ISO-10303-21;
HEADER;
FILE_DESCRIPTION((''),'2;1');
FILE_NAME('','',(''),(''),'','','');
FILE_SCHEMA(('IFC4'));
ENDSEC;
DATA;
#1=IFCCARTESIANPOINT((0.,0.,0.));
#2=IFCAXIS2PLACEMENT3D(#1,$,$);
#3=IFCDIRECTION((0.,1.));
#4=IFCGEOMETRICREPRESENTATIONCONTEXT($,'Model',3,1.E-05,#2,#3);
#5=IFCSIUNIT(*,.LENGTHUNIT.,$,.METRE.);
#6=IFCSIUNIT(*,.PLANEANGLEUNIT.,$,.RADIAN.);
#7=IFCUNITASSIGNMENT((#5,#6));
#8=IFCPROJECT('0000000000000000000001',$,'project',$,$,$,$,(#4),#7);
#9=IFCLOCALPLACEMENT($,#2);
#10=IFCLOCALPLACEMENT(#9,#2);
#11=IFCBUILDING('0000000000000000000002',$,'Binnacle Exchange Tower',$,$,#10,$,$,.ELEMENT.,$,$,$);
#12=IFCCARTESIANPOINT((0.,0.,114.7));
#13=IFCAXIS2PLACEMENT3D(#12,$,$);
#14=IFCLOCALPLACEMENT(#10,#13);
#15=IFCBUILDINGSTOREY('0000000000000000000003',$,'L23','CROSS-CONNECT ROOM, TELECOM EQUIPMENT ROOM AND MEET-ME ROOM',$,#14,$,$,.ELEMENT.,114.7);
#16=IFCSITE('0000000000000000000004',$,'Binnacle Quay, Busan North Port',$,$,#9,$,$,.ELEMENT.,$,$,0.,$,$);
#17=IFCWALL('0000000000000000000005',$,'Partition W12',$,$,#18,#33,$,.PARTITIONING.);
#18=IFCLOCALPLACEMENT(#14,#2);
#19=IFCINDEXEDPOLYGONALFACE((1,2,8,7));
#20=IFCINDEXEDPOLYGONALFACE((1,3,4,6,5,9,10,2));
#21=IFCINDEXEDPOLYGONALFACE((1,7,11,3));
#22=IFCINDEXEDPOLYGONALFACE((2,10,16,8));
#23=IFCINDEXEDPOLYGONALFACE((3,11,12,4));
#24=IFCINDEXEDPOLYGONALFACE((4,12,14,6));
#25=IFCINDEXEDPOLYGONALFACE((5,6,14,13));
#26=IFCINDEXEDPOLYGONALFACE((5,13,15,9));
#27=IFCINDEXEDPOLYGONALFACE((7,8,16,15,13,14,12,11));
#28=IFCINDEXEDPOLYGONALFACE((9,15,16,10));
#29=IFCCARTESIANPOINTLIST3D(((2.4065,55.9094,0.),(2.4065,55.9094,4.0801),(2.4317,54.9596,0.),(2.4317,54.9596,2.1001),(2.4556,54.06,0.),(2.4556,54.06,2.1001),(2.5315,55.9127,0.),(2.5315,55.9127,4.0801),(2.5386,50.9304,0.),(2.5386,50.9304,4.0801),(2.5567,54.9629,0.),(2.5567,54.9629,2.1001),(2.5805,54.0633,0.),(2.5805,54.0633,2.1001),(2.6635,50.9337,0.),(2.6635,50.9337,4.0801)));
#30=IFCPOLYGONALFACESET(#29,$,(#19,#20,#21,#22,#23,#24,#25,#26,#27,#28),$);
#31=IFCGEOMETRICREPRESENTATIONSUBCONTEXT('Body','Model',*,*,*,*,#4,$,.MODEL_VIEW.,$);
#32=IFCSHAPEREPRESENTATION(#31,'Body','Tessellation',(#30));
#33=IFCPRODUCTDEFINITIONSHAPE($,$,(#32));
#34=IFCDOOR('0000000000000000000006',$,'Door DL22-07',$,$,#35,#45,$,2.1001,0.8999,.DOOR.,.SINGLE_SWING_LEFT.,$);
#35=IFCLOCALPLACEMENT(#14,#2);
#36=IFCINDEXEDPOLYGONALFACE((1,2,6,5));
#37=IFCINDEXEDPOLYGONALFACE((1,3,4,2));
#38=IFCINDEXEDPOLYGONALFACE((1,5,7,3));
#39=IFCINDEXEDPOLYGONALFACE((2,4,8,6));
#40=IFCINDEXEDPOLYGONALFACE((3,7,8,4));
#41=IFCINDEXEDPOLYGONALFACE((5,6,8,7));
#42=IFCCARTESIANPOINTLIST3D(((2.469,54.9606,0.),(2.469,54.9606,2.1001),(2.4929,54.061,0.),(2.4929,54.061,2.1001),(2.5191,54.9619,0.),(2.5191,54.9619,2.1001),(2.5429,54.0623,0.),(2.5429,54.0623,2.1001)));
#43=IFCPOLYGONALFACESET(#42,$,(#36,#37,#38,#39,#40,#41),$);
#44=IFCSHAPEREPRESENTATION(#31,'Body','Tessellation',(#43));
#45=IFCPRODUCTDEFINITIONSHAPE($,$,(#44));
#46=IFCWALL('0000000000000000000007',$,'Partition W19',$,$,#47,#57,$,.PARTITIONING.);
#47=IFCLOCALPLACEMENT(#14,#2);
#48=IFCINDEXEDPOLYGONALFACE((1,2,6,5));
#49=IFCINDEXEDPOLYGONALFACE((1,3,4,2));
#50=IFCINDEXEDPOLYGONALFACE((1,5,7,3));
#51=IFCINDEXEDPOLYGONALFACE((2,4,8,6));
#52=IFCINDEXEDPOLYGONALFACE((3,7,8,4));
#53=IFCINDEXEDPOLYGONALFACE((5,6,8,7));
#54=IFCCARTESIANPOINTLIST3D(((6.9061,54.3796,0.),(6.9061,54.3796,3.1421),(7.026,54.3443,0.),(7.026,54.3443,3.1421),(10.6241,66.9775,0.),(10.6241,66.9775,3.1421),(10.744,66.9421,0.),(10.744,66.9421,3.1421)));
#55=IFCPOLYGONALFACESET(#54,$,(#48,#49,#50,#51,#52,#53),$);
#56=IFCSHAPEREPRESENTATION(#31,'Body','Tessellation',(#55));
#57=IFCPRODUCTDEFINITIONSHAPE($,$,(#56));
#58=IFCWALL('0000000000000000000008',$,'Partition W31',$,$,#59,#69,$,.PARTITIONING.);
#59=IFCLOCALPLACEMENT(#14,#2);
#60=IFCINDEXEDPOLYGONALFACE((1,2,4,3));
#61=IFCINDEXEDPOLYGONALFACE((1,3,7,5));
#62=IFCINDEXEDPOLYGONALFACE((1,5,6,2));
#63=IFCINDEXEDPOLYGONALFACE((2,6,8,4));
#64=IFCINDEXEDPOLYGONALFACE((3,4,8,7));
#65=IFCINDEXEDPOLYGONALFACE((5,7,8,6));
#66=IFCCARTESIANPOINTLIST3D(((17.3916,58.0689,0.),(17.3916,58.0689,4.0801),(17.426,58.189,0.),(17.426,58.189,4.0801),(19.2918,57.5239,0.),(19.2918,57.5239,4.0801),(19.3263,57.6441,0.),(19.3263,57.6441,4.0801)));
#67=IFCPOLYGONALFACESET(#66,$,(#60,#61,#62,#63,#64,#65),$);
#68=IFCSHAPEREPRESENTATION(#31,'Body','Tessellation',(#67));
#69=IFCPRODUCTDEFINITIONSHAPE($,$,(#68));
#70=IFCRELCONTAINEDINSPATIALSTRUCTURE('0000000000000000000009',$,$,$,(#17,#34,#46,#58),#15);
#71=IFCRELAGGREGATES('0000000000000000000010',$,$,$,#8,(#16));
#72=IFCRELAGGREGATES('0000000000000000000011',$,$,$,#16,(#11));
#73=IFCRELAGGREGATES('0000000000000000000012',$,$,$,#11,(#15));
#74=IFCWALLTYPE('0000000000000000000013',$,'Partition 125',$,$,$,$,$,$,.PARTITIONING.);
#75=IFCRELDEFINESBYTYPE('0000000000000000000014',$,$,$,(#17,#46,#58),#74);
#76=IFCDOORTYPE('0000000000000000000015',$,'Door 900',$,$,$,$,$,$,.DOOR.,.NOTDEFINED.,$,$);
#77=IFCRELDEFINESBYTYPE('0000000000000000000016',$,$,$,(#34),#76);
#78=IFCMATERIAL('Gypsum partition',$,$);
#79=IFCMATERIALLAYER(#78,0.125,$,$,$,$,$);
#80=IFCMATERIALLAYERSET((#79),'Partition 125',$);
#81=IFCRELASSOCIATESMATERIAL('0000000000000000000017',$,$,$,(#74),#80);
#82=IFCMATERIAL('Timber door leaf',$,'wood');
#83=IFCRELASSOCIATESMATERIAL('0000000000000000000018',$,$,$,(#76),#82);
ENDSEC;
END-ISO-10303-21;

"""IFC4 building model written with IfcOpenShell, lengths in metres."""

from ifc_helpers import new_model, si_unit, direction, frame, frame_2d, origin, place, context, subcontext, project, spatial, rectangle, extrude, material, layer, layer_set, type_object, element, fill, save


model = new_model("IFC4")

# Units and contexts
model_context = context("Model", 3, precision=1e-05, world=origin(), true_north=direction((0.0, 1.0)))
body_context = subcontext(model_context, "Body", "Model", "MODEL_VIEW")
ifc_project = project(units=[si_unit("LENGTHUNIT", "METRE"), si_unit("PLANEANGLEUNIT", "RADIAN")], contexts=[model_context])

# Site, building, storey
site_placement = place(None, origin())
site = spatial("IfcSite", under=ifc_project, at=site_placement, Name="Binnacle Quay, Busan North Port", CompositionType="ELEMENT", RefElevation=0.0)
building_placement = place(site_placement, origin())
building = spatial("IfcBuilding", under=site, at=building_placement, Name="Binnacle Exchange Tower", CompositionType="ELEMENT")
storey_placement = place(building_placement, frame((0.0, 0.0, 114.7)))
storey = spatial("IfcBuildingStorey", under=building, at=storey_placement, Name="L23", Description="CROSS-CONNECT ROOM, TELECOM EQUIPMENT ROOM AND MEET-ME ROOM", CompositionType="ELEMENT", Elevation=114.7)

# Shared definitions
ifc_material_1 = material(Name="Gypsum partition")
ifc_layer_1 = layer(ifc_material_1, 0.125)
ifc_layer_set_1 = layer_set([ifc_layer_1], Name="Partition 125")
wall_type_1 = type_object("IfcWallType", Name="Partition 125", PredefinedType="PARTITIONING", material=ifc_layer_set_1)

# Wall, opening, door
wall_1_placement = place(storey_placement, frame((2.469, 55.9109, 0.0), z_axis=(0.0, 0.0, 1.0), x_axis=(0.026518, -0.999648, 0.0)))
wall_1 = element("IfcWall", 1, at=wall_1_placement, inside=storey, type_object=wall_type_1, Name="Partition W12", PredefinedType="PARTITIONING", context=body_context, shape_type="SweptSolid", body=[
    extrude(rectangle(XDim=4.9807, YDim=0.125, at=frame_2d((2.4902, 0.0))), origin(), (0.0, 0.0, 1.0), 4.0801),
])
opening_1_placement = place(wall_1_placement, frame((0.95, 0.0, 0.0)))
opening_1 = element("IfcOpeningElement", 2, at=opening_1_placement, cuts=wall_1, PredefinedType="OPENING", context=body_context, shape_type="SweptSolid", body=[
    extrude(rectangle(XDim=0.8999, YDim=2.1001, at=frame_2d((0.45, 1.05))), frame((0.0, 0.0725, 0.0), z_axis=(0.0, -1.0, 0.0), x_axis=(1.0, 0.0, 0.0)), (0.0, 0.0, 1.0), 0.145),
])
ifc_material_2 = material(Name="Timber door leaf", Category="wood")
door_type = type_object("IfcDoorType", Name="Door 900", OperationType="NOTDEFINED", PredefinedType="DOOR", material=ifc_material_2)
door_placement = place(opening_1_placement, origin())
door = element("IfcDoor", 3, at=door_placement, inside=storey, type_object=door_type, Name="Door DL22-07", OperationType="SINGLE_SWING_LEFT", OverallHeight=2.1001, OverallWidth=0.8999, PredefinedType="DOOR", context=body_context, shape_type="SweptSolid", body=[
    extrude(rectangle(XDim=0.8999, YDim=2.1001, at=frame_2d((0.45, 1.05))), frame((0.0, 0.0249, 0.0), z_axis=(0.0, -1.0, 0.0), x_axis=(1.0, 0.0, 0.0)), (0.0, 0.0, 1.0), 0.05),
])
fill(opening_1, door)

# Walls
wall_2_placement = place(storey_placement, frame((6.9661, 54.3621, 0.0), z_axis=(0.0, 0.0, 1.0), x_axis=(0.28306, 0.959102, 0.0)))
element("IfcWall", 4, at=wall_2_placement, inside=storey, type_object=wall_type_1, Name="Partition W19", PredefinedType="PARTITIONING", context=body_context, shape_type="SweptSolid", body=[
    extrude(rectangle(XDim=13.135, YDim=0.125, at=frame_2d((6.5674, 0.0))), origin(), (0.0, 0.0, 1.0), 3.1421),
])
wall_3_placement = place(storey_placement, frame((17.4089, 58.1289, 0.0), z_axis=(0.0, 0.0, 1.0), x_axis=(0.961253, -0.275667, 0.0)))
element("IfcWall", 5, at=wall_3_placement, inside=storey, type_object=wall_type_1, Name="Partition W31", PredefinedType="PARTITIONING", context=body_context, shape_type="SweptSolid", body=[
    extrude(rectangle(XDim=1.9768, YDim=0.125, at=frame_2d((0.9883, 0.0))), origin(), (0.0, 0.0, 1.0), 4.0801),
])

save(model, "model.ifc")
